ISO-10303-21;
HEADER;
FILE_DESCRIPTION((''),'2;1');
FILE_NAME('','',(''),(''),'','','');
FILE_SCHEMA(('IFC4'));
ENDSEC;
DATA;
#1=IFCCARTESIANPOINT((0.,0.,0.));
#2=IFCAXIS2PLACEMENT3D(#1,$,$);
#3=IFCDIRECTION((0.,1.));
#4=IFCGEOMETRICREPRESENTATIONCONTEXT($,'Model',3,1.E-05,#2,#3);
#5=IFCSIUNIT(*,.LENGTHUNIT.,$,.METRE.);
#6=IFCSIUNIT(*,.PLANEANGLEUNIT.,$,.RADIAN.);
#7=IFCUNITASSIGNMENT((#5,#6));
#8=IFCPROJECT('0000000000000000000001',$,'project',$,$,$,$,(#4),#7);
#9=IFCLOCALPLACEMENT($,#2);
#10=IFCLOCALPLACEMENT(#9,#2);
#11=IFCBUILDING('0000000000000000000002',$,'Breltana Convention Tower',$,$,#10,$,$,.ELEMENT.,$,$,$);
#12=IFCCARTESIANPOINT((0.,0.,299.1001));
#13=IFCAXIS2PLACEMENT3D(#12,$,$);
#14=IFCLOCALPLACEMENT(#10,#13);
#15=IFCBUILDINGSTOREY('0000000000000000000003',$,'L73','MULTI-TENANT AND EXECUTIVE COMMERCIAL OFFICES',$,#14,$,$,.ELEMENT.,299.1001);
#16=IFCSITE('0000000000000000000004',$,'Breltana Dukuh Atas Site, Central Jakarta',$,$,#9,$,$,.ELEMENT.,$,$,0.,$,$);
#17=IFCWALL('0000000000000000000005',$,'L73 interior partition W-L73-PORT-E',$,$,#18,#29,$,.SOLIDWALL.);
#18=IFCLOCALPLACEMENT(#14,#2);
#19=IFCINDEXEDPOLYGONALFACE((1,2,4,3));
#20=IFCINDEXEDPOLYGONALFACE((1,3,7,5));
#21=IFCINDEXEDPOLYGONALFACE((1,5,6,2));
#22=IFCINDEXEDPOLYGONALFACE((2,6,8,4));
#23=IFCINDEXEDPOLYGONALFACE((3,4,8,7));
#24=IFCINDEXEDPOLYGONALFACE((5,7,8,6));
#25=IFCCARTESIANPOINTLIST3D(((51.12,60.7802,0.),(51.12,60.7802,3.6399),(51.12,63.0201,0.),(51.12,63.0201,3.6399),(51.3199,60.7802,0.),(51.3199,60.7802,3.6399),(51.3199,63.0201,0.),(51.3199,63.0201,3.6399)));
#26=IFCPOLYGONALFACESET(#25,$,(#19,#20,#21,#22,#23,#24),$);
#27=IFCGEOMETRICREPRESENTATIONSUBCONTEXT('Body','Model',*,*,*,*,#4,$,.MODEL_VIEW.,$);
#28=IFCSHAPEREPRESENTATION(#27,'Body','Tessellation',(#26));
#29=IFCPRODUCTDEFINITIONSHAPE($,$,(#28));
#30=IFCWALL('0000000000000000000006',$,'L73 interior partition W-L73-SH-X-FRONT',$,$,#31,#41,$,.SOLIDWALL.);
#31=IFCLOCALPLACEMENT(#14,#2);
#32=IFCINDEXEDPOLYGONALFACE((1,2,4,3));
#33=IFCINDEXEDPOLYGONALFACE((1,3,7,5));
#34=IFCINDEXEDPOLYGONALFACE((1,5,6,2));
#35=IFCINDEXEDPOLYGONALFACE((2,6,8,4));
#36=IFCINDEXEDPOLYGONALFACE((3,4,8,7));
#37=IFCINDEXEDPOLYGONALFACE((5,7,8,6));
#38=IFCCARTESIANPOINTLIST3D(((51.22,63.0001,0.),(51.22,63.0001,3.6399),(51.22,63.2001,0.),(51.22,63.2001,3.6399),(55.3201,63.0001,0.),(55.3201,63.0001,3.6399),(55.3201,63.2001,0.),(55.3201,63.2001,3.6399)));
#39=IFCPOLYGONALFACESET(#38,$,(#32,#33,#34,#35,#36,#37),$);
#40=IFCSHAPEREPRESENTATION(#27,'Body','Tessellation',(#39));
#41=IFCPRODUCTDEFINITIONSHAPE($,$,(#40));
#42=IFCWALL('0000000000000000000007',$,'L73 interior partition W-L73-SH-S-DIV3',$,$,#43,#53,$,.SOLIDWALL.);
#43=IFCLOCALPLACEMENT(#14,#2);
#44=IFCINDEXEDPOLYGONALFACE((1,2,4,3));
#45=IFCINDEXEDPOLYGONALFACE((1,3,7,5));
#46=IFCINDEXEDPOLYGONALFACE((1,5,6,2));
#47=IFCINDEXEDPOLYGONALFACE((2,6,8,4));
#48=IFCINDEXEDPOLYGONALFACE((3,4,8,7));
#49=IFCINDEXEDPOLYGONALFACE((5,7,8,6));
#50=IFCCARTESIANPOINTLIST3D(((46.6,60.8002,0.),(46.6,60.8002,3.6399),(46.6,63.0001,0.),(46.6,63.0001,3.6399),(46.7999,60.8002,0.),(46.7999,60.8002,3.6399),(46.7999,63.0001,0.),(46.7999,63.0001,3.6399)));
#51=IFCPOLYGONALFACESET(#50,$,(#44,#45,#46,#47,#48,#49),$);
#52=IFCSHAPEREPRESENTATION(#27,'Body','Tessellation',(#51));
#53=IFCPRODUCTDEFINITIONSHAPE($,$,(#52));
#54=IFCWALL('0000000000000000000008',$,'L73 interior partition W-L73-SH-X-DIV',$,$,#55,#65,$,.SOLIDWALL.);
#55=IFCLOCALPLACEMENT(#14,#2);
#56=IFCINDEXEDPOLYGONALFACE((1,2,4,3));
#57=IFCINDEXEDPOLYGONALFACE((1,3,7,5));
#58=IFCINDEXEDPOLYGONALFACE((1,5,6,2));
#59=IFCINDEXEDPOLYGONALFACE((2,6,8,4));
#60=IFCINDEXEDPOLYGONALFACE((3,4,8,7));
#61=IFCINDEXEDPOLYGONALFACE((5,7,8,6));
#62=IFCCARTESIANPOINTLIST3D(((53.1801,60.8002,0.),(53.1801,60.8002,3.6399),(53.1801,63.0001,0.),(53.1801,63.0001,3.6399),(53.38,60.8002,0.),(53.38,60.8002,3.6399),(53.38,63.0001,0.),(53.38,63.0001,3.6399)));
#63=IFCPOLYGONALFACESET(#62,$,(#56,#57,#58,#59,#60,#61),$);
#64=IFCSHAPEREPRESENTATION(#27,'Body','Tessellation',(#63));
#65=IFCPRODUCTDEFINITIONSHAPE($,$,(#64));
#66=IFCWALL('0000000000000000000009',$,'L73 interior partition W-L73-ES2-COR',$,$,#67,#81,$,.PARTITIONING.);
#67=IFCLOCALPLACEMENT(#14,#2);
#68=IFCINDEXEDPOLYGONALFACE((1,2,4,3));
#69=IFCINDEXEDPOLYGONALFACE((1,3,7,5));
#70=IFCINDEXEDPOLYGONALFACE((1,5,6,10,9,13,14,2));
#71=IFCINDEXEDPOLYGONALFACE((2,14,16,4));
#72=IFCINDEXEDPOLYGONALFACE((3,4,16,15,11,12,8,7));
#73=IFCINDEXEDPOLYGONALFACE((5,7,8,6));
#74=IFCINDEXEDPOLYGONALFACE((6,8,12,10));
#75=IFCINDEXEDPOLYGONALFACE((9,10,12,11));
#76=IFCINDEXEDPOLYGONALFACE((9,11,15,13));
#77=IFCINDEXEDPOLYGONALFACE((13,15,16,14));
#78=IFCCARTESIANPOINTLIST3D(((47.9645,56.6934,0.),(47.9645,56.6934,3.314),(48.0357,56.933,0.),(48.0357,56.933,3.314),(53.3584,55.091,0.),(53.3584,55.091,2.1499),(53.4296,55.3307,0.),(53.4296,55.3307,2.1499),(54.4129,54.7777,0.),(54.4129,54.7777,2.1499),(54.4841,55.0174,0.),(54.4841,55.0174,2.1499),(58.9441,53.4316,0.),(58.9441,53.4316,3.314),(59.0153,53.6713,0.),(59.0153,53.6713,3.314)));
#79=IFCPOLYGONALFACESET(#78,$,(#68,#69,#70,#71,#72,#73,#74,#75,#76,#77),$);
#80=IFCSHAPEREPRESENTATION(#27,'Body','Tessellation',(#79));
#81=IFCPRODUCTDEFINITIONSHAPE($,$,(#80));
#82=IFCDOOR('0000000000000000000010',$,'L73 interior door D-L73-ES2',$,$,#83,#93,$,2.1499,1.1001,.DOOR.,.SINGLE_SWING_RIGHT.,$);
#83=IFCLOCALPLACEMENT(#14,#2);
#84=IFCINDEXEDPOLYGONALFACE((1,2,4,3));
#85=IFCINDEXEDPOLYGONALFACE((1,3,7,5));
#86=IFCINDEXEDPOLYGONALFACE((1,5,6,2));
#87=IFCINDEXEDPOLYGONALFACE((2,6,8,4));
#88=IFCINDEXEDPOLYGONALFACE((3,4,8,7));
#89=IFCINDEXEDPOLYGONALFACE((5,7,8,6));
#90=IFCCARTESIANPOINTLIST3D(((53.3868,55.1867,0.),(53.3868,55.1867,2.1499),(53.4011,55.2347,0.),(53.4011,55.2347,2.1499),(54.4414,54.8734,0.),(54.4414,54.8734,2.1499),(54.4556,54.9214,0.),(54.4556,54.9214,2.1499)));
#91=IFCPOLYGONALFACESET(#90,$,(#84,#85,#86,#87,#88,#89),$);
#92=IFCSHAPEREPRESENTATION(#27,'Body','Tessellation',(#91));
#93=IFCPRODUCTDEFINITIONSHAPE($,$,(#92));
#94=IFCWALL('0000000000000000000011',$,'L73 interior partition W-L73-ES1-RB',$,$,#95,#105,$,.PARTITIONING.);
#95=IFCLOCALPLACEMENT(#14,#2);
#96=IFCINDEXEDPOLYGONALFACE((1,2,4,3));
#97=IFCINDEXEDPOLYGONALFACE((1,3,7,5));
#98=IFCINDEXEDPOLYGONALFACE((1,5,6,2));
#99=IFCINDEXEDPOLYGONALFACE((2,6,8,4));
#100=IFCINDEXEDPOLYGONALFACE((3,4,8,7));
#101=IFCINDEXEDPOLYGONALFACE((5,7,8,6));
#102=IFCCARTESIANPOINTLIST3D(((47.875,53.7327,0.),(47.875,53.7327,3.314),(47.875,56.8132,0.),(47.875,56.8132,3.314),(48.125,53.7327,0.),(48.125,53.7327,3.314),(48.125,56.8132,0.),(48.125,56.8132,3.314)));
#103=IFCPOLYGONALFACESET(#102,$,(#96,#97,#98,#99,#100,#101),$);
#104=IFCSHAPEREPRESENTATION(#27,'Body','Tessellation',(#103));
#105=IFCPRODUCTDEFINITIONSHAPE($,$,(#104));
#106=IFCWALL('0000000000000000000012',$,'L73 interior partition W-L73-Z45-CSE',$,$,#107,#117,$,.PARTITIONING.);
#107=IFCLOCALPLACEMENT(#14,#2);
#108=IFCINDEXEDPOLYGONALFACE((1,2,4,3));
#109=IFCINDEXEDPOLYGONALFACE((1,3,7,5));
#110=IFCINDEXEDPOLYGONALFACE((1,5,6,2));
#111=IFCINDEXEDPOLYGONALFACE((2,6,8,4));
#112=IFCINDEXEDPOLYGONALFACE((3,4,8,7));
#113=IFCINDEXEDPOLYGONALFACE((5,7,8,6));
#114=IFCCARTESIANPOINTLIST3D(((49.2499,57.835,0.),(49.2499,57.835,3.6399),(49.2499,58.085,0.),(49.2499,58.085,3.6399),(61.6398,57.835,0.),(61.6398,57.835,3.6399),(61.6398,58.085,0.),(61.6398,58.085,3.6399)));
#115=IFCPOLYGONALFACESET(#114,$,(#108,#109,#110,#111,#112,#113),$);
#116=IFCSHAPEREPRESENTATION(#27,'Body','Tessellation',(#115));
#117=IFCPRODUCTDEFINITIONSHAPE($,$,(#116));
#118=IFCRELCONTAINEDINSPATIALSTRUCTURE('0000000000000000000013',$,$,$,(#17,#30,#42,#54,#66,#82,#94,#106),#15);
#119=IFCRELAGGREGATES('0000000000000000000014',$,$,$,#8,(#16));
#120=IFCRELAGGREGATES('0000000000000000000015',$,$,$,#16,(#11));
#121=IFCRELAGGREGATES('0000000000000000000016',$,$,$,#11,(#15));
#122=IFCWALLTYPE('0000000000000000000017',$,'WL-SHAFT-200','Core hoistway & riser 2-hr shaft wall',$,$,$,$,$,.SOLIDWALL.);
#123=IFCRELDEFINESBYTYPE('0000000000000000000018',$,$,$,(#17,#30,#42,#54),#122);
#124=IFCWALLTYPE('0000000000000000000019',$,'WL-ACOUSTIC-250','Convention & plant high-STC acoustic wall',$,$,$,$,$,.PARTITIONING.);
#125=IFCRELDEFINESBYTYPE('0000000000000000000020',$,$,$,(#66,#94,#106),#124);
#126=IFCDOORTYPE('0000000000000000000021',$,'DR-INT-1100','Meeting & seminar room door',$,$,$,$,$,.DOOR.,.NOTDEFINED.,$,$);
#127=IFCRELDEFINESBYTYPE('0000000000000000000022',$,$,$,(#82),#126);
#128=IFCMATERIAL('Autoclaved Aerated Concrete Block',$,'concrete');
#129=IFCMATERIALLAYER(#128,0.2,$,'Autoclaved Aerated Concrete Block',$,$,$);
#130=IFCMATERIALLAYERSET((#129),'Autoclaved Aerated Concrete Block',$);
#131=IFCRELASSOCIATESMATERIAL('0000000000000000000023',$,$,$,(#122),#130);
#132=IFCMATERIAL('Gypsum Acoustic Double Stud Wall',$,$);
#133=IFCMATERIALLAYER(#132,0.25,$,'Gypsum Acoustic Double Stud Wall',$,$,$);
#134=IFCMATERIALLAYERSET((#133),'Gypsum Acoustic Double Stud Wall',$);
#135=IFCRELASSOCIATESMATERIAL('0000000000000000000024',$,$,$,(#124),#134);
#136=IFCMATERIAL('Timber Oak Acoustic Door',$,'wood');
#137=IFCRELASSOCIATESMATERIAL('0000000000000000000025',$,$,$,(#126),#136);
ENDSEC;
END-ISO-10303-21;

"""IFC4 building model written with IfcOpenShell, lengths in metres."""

from ifc_helpers import new_model, si_unit, direction, frame, frame_2d, origin, place, context, subcontext, project, spatial, rectangle, extrude, source, transform, mapped, material, layer, layer_set, type_object, type_shapes, element, fill, save


model = new_model("IFC4")

# Units and contexts
model_context = context("Model", 3, precision=1e-05, world=origin(), true_north=direction((0.0, 1.0)))
body_context = subcontext(model_context, "Body", "Model", "MODEL_VIEW")
ifc_project = project(units=[si_unit("LENGTHUNIT", "METRE"), si_unit("PLANEANGLEUNIT", "RADIAN")], contexts=[model_context])

# Site, building, storey
site_placement = place(None, origin())
site = spatial("IfcSite", under=ifc_project, at=site_placement, Name="Breltana Dukuh Atas Site, Central Jakarta", CompositionType="ELEMENT", RefElevation=0.0)
building_placement = place(site_placement, origin())
building = spatial("IfcBuilding", under=site, at=building_placement, Name="Breltana Convention Tower", CompositionType="ELEMENT")
storey_placement = place(building_placement, frame((0.0, 0.0, 299.1001)))
storey = spatial("IfcBuildingStorey", under=building, at=storey_placement, Name="L73", Description="MULTI-TENANT AND EXECUTIVE COMMERCIAL OFFICES", CompositionType="ELEMENT", Elevation=299.1001)

# Walls
ifc_material_1 = material(Name="Autoclaved Aerated Concrete Block", Category="concrete")
ifc_layer_1 = layer(ifc_material_1, 0.2, Name="Autoclaved Aerated Concrete Block")
ifc_layer_set_1 = layer_set([ifc_layer_1], Name="Autoclaved Aerated Concrete Block")
wall_type_1 = type_object("IfcWallType", Name="WL-SHAFT-200", Description="Core hoistway & riser 2-hr shaft wall", PredefinedType="SOLIDWALL", material=ifc_layer_set_1)
shared_shape_1 = source(origin(), body_context, "Body", "SweptSolid", [
    extrude(rectangle(XDim=2.24, YDim=0.2, at=frame_2d((1.1201, 0.0))), origin(), (0.0, 0.0, 1.0), 3.6399),
])
for number, where, z_axis, x_axis, name in (
    (1, (51.22, 60.78, 0.0), (0.0, 0.0, 1.0), (0.0, 1.0, 0.0), "L73 interior partition W-L73-PORT-E"),
):
    element("IfcWall", number, at=place(storey_placement, frame(where, z_axis=z_axis, x_axis=x_axis)), inside=storey, type_object=wall_type_1, Name=name, PredefinedType="SOLIDWALL", context=body_context, shape_type="MappedRepresentation", body=[
        mapped(shared_shape_1, transform((0.0, 0.0, 0.0), scale=1.0)),
    ])
shared_shape_2 = source(origin(), body_context, "Body", "SweptSolid", [
    extrude(rectangle(XDim=4.1001, YDim=0.2, at=frame_2d((2.05, 0.0))), origin(), (0.0, 0.0, 1.0), 3.6399),
])
wall_1_placement = place(storey_placement, frame((51.22, 63.1001, 0.0), z_axis=(0.0, 0.0, 1.0), x_axis=(1.0, 0.0, 0.0)))
element("IfcWall", 2, at=wall_1_placement, inside=storey, type_object=wall_type_1, Name="L73 interior partition W-L73-SH-X-FRONT", PredefinedType="SOLIDWALL", context=body_context, shape_type="MappedRepresentation", body=[
    mapped(shared_shape_2, transform((0.0, 0.0, 0.0), scale=1.0)),
])
shared_shape_3 = source(origin(), body_context, "Body", "SweptSolid", [
    extrude(rectangle(XDim=2.2, YDim=0.2, at=frame_2d((1.1001, 0.0))), origin(), (0.0, 0.0, 1.0), 3.6399),
])
for number, where, z_axis, x_axis, name in (
    (3, (46.7, 60.8, 0.0), (0.0, 0.0, 1.0), (0.0, 1.0, 0.0), "L73 interior partition W-L73-SH-S-DIV3"),
    (4, (53.28, 60.8, 0.0), (0.0, 0.0, 1.0), (0.0, 1.0, 0.0), "L73 interior partition W-L73-SH-X-DIV"),
):
    element("IfcWall", number, at=place(storey_placement, frame(where, z_axis=z_axis, x_axis=x_axis)), inside=storey, type_object=wall_type_1, Name=name, PredefinedType="SOLIDWALL", context=body_context, shape_type="MappedRepresentation", body=[
        mapped(shared_shape_3, transform((0.0, 0.0, 0.0), scale=1.0)),
    ])

# Wall, opening, door
ifc_material_2 = material(Name="Gypsum Acoustic Double Stud Wall")
ifc_layer_2 = layer(ifc_material_2, 0.25, Name="Gypsum Acoustic Double Stud Wall")
ifc_layer_set_2 = layer_set([ifc_layer_2], Name="Gypsum Acoustic Double Stud Wall")
wall_type_2 = type_object("IfcWallType", Name="WL-ACOUSTIC-250", Description="Convention & plant high-STC acoustic wall", PredefinedType="PARTITIONING", material=ifc_layer_set_2)
shared_shape_4 = source(origin(), body_context, "Body", "SweptSolid", [
    extrude(rectangle(XDim=11.4539, YDim=0.25, at=frame_2d((5.7271, 0.0))), origin(), (0.0, 0.0, 1.0), 3.314),
])
wall_2_placement = place(storey_placement, frame((48.0, 56.8132, 0.0), z_axis=(0.0, 0.0, 1.0), x_axis=(0.958595, -0.284773, 0.0)))
wall_2 = element("IfcWall", 5, at=wall_2_placement, inside=storey, type_object=wall_type_2, Name="L73 interior partition W-L73-ES2-COR", PredefinedType="PARTITIONING", context=body_context, shape_type="MappedRepresentation", body=[
    mapped(shared_shape_4, transform((0.0, 0.0, 0.0), scale=1.0)),
])
opening_1_placement = place(wall_2_placement, frame((5.627, 0.0, 0.0)))
opening_1 = element("IfcOpeningElement", 6, at=opening_1_placement, cuts=wall_2, PredefinedType="OPENING", context=body_context, shape_type="SweptSolid", body=[
    extrude(rectangle(XDim=1.1001, YDim=2.1499, at=frame_2d((0.55, 1.075))), frame((0.0, 0.135, 0.0), z_axis=(0.0, -1.0, 0.0), x_axis=(1.0, 0.0, 0.0)), (0.0, 0.0, 1.0), 0.27),
])
ifc_material_3 = material(Name="Timber Oak Acoustic Door", Category="wood")
door_type_1 = type_object("IfcDoorType", Name="DR-INT-1100", Description="Meeting & seminar room door", OperationType="NOTDEFINED", PredefinedType="DOOR", material=ifc_material_3)
shared_shape_5 = source(origin(), body_context, "Body", "SweptSolid", [
    extrude(rectangle(XDim=1.1001, YDim=2.1499, at=frame_2d((0.55, 1.075))), frame((0.0, 0.0249, 0.0), z_axis=(0.0, -1.0, 0.0), x_axis=(1.0, 0.0, 0.0)), (0.0, 0.0, 1.0), 0.05),
])
type_shapes(door_type_1, [shared_shape_5])
door_1_placement = place(opening_1_placement, origin())
door_1 = element("IfcDoor", 7, at=door_1_placement, inside=storey, type_object=door_type_1, Name="L73 interior door D-L73-ES2", OperationType="SINGLE_SWING_RIGHT", OverallHeight=2.1499, OverallWidth=1.1001, PredefinedType="DOOR", context=body_context, shape_type="MappedRepresentation", body=[
    mapped(shared_shape_5, transform((0.0, 0.0, 0.0), scale=1.0)),
])
fill(opening_1, door_1)

# Walls
shared_shape_6 = source(origin(), body_context, "Body", "SweptSolid", [
    extrude(rectangle(XDim=3.0806, YDim=0.25, at=frame_2d((1.5403, 0.0))), origin(), (0.0, 0.0, 1.0), 3.314),
])
wall_3_placement = place(storey_placement, frame((48.0, 53.7327, 0.0), z_axis=(0.0, 0.0, 1.0), x_axis=(0.0, 1.0, 0.0)))
element("IfcWall", 8, at=wall_3_placement, inside=storey, type_object=wall_type_2, Name="L73 interior partition W-L73-ES1-RB", PredefinedType="PARTITIONING", context=body_context, shape_type="MappedRepresentation", body=[
    mapped(shared_shape_6, transform((0.0, 0.0, 0.0), scale=1.0)),
])
shared_shape_7 = source(origin(), body_context, "Body", "SweptSolid", [
    extrude(rectangle(XDim=12.3899, YDim=0.25, at=frame_2d((6.1948, 0.0))), origin(), (0.0, 0.0, 1.0), 3.6399),
])
wall_4_placement = place(storey_placement, frame((49.25, 57.96, 0.0), z_axis=(0.0, 0.0, 1.0), x_axis=(1.0, 0.0, 0.0)))
element("IfcWall", 9, at=wall_4_placement, inside=storey, type_object=wall_type_2, Name="L73 interior partition W-L73-Z45-CSE", PredefinedType="PARTITIONING", context=body_context, shape_type="MappedRepresentation", body=[
    mapped(shared_shape_7, transform((0.0, 0.0, 0.0), scale=1.0)),
])

save(model, "model.ifc")
